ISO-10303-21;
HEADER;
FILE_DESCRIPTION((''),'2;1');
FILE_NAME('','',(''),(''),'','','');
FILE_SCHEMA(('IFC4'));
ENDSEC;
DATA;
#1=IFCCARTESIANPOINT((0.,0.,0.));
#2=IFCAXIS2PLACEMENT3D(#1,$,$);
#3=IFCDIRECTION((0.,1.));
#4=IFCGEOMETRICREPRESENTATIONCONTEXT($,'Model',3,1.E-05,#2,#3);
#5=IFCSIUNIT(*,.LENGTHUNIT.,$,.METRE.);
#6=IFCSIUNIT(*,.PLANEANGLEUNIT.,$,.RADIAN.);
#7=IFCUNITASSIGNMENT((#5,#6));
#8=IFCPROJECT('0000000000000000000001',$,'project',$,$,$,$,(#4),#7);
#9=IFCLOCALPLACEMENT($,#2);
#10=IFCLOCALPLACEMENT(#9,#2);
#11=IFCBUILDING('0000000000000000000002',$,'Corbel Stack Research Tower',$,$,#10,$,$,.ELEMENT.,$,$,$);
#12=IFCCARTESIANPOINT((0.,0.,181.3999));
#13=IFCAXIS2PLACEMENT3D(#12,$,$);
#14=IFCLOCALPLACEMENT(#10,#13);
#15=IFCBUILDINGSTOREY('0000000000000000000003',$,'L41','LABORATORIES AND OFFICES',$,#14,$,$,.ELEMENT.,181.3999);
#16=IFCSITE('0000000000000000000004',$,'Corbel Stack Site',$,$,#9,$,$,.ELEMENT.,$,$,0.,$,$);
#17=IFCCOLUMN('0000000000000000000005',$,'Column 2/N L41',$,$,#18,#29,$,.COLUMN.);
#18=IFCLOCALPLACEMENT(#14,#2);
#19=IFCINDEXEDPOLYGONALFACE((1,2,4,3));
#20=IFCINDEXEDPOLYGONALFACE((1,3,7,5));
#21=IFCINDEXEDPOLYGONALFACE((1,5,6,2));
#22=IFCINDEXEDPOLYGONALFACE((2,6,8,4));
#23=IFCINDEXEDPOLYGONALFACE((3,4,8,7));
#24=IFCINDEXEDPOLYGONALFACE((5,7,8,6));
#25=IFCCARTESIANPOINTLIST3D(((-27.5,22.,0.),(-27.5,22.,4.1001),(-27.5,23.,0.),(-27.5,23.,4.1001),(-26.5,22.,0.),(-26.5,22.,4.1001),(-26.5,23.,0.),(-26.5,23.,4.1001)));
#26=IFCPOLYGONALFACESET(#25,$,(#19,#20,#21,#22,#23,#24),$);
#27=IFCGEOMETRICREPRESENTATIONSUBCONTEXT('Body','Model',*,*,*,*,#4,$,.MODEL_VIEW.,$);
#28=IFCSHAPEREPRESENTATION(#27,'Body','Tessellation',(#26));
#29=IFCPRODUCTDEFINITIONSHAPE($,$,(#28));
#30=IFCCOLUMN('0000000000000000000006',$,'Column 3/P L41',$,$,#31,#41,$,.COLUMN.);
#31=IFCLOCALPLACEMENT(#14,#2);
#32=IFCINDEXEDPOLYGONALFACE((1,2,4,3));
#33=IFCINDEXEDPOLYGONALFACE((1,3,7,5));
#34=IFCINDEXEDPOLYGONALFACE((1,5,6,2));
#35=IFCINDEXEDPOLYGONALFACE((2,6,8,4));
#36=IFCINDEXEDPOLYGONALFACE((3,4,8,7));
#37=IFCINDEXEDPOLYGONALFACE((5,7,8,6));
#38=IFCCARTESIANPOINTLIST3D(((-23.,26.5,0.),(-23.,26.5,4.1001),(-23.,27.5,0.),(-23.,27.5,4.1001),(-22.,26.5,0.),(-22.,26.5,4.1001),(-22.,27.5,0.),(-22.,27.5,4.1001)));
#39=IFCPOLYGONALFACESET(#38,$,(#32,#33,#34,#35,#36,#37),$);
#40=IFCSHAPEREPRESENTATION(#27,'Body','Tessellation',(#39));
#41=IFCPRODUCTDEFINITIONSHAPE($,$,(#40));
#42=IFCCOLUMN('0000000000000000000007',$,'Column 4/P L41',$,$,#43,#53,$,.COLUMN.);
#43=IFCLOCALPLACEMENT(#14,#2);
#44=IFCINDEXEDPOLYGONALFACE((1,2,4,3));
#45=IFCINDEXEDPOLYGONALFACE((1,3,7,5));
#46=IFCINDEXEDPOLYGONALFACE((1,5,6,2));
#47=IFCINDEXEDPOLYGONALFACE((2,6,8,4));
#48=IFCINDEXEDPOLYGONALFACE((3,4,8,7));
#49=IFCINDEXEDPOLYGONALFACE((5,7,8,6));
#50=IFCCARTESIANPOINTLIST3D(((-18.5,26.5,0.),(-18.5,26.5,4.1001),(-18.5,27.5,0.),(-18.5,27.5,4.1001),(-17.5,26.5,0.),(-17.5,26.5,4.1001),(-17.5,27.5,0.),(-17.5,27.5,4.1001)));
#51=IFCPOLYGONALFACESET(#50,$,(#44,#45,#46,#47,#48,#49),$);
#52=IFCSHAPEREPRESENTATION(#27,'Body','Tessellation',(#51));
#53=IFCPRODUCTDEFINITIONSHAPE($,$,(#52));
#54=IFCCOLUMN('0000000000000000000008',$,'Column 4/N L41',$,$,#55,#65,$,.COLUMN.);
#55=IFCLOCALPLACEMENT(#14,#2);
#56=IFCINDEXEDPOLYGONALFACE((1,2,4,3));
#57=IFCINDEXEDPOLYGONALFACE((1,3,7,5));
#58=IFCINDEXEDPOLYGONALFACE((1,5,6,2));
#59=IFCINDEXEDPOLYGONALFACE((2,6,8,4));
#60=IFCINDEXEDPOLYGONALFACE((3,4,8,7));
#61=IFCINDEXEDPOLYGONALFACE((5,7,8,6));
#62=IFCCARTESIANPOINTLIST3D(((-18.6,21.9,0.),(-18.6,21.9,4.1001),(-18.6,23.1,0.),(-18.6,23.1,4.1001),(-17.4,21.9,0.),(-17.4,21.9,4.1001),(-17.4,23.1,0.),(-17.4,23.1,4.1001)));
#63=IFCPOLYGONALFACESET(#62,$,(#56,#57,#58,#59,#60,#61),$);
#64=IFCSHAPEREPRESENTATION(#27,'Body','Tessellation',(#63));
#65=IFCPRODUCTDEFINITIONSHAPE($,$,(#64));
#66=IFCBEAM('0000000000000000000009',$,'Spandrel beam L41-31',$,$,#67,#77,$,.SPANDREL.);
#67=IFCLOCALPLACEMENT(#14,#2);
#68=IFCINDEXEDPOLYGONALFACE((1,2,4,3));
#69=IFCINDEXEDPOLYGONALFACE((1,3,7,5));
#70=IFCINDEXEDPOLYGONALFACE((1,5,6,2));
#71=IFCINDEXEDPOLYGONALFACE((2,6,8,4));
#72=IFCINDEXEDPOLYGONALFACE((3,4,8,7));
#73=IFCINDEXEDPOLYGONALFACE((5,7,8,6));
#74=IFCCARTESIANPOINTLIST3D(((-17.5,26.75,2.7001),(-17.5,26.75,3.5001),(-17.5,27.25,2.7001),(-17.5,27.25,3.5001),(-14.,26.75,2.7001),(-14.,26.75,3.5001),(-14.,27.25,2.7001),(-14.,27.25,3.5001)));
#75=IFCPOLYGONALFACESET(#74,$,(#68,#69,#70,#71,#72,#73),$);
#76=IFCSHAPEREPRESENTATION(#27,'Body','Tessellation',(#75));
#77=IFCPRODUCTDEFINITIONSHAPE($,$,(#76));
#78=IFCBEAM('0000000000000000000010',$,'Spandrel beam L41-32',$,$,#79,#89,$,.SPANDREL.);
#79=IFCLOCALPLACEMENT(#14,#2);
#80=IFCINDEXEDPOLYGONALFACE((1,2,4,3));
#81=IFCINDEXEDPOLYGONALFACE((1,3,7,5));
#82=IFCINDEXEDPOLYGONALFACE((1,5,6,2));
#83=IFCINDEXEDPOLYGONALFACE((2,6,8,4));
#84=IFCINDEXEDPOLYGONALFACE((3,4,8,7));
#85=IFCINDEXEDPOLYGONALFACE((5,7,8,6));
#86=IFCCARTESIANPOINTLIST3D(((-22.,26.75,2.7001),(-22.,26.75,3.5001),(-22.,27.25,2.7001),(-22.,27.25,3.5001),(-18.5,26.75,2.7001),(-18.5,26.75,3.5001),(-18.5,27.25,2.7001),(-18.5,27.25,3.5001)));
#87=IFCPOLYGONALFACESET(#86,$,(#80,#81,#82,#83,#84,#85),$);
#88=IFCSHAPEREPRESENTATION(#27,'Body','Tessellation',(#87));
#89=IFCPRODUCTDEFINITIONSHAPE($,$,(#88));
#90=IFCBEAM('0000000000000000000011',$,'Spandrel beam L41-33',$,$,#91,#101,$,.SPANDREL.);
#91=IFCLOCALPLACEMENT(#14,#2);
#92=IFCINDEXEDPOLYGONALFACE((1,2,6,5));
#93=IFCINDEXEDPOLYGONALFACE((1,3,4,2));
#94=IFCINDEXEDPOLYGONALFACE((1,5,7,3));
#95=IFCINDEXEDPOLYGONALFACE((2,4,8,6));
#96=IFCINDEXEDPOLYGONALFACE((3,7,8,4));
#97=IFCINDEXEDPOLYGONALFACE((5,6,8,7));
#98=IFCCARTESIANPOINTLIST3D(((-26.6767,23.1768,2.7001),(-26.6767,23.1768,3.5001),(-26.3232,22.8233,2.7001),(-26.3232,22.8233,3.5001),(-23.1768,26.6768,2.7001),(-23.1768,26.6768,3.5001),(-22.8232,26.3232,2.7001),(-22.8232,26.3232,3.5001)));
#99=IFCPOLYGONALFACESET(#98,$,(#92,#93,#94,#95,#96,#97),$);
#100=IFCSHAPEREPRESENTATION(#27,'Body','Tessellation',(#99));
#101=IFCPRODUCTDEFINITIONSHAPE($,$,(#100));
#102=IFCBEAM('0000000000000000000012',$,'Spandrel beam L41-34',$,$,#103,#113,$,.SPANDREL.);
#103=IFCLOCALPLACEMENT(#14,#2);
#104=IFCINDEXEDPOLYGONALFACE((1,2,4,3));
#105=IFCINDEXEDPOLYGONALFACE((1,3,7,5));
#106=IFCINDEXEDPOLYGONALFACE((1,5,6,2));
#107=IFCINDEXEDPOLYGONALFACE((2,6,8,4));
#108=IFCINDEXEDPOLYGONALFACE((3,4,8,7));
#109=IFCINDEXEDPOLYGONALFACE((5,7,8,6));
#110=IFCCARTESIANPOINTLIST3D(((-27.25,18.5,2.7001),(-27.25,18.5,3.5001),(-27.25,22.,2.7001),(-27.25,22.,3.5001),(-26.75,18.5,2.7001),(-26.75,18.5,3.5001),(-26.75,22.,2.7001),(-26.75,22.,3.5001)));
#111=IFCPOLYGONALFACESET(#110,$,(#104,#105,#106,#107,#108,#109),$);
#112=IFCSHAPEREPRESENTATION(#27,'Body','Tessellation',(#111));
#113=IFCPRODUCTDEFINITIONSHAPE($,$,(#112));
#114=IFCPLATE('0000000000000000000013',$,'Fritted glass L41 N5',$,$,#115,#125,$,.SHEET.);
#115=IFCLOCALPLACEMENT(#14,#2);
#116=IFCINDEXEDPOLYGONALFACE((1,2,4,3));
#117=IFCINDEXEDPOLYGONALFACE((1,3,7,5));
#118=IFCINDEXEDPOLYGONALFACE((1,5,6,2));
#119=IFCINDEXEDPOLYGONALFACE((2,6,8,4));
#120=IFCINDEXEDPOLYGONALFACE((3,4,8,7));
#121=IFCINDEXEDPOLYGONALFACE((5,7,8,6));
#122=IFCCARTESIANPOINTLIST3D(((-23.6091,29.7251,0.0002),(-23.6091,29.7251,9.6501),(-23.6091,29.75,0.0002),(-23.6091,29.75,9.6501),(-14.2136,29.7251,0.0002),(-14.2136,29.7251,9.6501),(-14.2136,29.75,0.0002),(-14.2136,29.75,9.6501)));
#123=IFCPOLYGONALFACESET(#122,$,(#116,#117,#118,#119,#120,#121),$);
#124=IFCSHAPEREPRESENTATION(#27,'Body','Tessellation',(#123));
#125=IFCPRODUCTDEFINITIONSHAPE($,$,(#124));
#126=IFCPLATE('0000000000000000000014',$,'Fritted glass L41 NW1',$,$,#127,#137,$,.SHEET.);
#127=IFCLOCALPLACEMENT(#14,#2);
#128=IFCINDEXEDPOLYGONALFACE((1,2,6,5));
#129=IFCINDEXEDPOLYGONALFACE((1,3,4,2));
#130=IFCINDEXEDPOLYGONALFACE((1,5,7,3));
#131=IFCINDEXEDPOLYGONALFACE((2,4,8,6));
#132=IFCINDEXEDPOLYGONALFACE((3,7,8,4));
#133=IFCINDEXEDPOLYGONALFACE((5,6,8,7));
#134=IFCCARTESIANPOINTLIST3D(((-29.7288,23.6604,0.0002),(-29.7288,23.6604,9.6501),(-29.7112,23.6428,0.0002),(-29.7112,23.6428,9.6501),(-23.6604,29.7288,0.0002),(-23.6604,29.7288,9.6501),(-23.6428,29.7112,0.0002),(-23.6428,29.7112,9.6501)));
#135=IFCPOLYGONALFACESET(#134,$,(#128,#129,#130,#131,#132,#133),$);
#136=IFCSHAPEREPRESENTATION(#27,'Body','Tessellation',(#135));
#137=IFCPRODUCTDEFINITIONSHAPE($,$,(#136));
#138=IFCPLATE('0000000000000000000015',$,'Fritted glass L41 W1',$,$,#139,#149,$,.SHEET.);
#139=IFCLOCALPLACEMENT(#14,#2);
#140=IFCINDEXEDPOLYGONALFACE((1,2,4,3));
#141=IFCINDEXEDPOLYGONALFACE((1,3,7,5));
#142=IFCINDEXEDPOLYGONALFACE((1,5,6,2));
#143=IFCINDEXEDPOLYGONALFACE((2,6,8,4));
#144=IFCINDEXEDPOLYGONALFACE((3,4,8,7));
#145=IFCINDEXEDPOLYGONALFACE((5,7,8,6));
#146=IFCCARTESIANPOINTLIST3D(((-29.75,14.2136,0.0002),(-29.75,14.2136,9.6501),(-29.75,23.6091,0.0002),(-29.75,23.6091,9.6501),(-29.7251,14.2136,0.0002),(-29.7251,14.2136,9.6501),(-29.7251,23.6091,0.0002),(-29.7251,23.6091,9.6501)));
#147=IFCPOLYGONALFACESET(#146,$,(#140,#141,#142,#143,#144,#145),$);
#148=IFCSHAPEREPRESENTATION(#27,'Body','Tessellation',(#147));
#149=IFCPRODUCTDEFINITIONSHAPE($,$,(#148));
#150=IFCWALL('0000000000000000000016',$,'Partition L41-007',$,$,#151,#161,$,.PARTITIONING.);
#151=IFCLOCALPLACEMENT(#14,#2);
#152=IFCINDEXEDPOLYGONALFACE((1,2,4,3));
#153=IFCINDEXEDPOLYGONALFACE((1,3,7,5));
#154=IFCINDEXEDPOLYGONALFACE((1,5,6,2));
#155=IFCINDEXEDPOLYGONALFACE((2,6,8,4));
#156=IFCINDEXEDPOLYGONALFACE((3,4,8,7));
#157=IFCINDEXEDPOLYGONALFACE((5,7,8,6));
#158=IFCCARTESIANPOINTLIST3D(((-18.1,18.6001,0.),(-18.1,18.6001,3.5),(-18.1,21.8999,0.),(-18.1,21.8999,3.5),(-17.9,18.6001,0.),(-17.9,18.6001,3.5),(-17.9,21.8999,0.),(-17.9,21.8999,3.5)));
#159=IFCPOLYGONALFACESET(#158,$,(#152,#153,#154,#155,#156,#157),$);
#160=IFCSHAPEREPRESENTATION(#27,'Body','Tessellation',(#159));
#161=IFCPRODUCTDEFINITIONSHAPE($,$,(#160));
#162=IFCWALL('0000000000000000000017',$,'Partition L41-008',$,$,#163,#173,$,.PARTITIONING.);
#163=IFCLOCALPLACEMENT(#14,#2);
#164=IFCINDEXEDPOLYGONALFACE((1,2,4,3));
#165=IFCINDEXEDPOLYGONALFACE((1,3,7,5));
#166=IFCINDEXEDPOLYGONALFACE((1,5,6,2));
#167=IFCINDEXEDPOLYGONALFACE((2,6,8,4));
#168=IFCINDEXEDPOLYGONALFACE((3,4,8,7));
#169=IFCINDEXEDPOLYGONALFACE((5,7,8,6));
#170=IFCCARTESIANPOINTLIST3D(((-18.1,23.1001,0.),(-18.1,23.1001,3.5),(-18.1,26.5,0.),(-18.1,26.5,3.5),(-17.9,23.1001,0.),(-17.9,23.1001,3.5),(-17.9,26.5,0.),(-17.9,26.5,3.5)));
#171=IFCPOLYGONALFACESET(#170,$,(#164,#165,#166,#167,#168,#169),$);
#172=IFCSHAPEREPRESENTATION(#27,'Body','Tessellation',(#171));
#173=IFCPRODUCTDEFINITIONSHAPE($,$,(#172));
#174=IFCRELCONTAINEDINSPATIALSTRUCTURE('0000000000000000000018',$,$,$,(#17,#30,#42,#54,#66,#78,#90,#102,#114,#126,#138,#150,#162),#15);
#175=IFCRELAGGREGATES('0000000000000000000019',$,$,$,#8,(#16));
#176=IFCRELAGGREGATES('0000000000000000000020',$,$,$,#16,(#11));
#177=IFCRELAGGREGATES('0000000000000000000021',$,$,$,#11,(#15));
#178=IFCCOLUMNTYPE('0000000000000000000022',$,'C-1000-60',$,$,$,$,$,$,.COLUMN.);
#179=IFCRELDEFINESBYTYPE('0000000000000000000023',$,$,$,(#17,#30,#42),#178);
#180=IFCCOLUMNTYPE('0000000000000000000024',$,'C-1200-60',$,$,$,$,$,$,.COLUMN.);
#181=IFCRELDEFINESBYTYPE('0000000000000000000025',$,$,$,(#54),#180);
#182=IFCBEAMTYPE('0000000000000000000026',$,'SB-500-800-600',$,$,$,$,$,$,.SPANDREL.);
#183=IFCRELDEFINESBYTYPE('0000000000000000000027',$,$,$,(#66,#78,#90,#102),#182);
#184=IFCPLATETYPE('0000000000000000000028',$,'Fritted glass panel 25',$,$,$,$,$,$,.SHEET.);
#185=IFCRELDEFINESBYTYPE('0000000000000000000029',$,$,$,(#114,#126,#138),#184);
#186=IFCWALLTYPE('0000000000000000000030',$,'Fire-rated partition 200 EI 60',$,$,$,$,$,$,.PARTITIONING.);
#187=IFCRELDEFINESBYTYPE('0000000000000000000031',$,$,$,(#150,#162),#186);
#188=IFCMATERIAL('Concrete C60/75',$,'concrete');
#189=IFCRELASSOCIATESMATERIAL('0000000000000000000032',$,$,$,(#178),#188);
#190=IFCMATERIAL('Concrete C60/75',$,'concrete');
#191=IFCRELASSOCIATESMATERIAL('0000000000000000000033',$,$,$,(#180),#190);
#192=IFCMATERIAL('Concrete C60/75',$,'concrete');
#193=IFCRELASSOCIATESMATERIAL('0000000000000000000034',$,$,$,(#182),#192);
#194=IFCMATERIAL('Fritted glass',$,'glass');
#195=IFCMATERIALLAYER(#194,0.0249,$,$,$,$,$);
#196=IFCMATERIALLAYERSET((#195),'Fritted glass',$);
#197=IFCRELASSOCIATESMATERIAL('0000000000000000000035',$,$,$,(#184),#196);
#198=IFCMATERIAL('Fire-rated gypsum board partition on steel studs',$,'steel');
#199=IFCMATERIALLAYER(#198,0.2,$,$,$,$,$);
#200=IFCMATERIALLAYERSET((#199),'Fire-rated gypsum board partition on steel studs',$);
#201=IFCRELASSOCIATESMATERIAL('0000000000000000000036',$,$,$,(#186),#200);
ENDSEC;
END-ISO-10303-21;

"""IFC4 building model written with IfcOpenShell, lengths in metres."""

from ifc_helpers import new_model, si_unit, direction, frame, frame_2d, origin, origin_2d, place, context, subcontext, project, spatial, rectangle, extrude, material, layer, layer_set, material_profile, profile_set, type_object, element, save


model = new_model("IFC4")

# Units and contexts
model_context = context("Model", 3, precision=1e-05, world=origin(), true_north=direction((0.0, 1.0)))
body_context = subcontext(model_context, "Body", "Model", "MODEL_VIEW")
ifc_project = project(units=[si_unit("LENGTHUNIT", "METRE"), si_unit("PLANEANGLEUNIT", "RADIAN")], contexts=[model_context])

# Site, building, storey
site_placement = place(None, origin())
site = spatial("IfcSite", under=ifc_project, at=site_placement, Name="Corbel Stack Site", CompositionType="ELEMENT", RefElevation=0.0)
building_placement = place(site_placement, origin())
building = spatial("IfcBuilding", under=site, at=building_placement, Name="Corbel Stack Research Tower", CompositionType="ELEMENT")
storey_placement = place(building_placement, frame((0.0, 0.0, 181.3999)))
storey = spatial("IfcBuildingStorey", under=building, at=storey_placement, Name="L41", Description="LABORATORIES AND OFFICES", CompositionType="ELEMENT", Elevation=181.3999)

# Columns
ifc_material_1 = material(Name="Concrete C60/75", Category="concrete")
ifc_material_profile_1 = material_profile(ifc_material_1, rectangle(XDim=1.0, YDim=1.0, at=origin_2d()), Name="RC 1000 x 1000")
ifc_profile_set_1 = profile_set([ifc_material_profile_1], Name="Concrete C60/75")
column_type_1 = type_object("IfcColumnType", Name="C-1000-60", PredefinedType="COLUMN", material=ifc_profile_set_1)
for number, where, z_axis, x_axis, name in (
    (1, (-27.0, 22.5, 0.0), (0.0, 0.0, 1.0), (1.0, 0.0, 0.0), "Column 2/N L41"),
    (2, (-22.5, 27.0, 0.0), (0.0, 0.0, 1.0), (1.0, 0.0, 0.0), "Column 3/P L41"),
    (3, (-18.0, 27.0, 0.0), (0.0, 0.0, 1.0), (1.0, 0.0, 0.0), "Column 4/P L41"),
):
    element("IfcColumn", number, at=place(storey_placement, frame(where, z_axis=z_axis, x_axis=x_axis)), inside=storey, type_object=column_type_1, Name=name, PredefinedType="COLUMN", context=body_context, shape_type="SweptSolid", body=[
        extrude(rectangle(XDim=1.0, YDim=1.0, at=origin_2d()), origin(), (0.0, 0.0, 1.0), 4.1001),
    ])
ifc_material_2 = material(Name="Concrete C60/75", Category="concrete")
ifc_material_profile_2 = material_profile(ifc_material_2, rectangle(XDim=1.2, YDim=1.2, at=origin_2d()), Name="RC 1200 x 1200")
ifc_profile_set_2 = profile_set([ifc_material_profile_2], Name="Concrete C60/75")
column_type_2 = type_object("IfcColumnType", Name="C-1200-60", PredefinedType="COLUMN", material=ifc_profile_set_2)
column_placement = place(storey_placement, frame((-18.0, 22.5, 0.0), z_axis=(0.0, 0.0, 1.0), x_axis=(1.0, 0.0, 0.0)))
element("IfcColumn", 4, at=column_placement, inside=storey, type_object=column_type_2, Name="Column 4/N L41", PredefinedType="COLUMN", context=body_context, shape_type="SweptSolid", body=[
    extrude(rectangle(XDim=1.2, YDim=1.2, at=origin_2d()), origin(), (0.0, 0.0, 1.0), 4.1001),
])

# Beams
ifc_material_3 = material(Name="Concrete C60/75", Category="concrete")
ifc_material_profile_3 = material_profile(ifc_material_3, rectangle(XDim=0.5, YDim=0.8, at=origin_2d()), Name="RC 500 x 800")
ifc_profile_set_3 = profile_set([ifc_material_profile_3], Name="Concrete C60/75")
beam_type = type_object("IfcBeamType", Name="SB-500-800-600", PredefinedType="SPANDREL", material=ifc_profile_set_3)
for number, where, z_axis, x_axis, name in (
    (5, (-14.0, 27.0, 3.1001), (-1.0, 0.0, 0.0), (0.0, -1.0, 0.0), "Spandrel beam L41-31"),
    (6, (-18.5, 27.0, 3.1001), (-1.0, 0.0, 0.0), (0.0, -1.0, 0.0), "Spandrel beam L41-32"),
):
    element("IfcBeam", number, at=place(storey_placement, frame(where, z_axis=z_axis, x_axis=x_axis)), inside=storey, type_object=beam_type, Name=name, PredefinedType="SPANDREL", context=body_context, shape_type="SweptSolid", body=[
        extrude(rectangle(XDim=0.5, YDim=0.8, at=origin_2d()), origin(), (0.0, 0.0, 1.0), 3.5),
    ])
beam_1_placement = place(storey_placement, frame((-23.0, 26.5, 3.1001), z_axis=(-0.707107, -0.707107, 0.0), x_axis=(0.707107, -0.707107, 0.0)))
element("IfcBeam", 7, at=beam_1_placement, inside=storey, type_object=beam_type, Name="Spandrel beam L41-33", PredefinedType="SPANDREL", context=body_context, shape_type="SweptSolid", body=[
    extrude(rectangle(XDim=0.5, YDim=0.8, at=origin_2d()), origin(), (0.0, 0.0, 1.0), 4.9497),
])
beam_2_placement = place(storey_placement, frame((-27.0, 22.0, 3.1001), z_axis=(0.0, -1.0, 0.0), x_axis=(1.0, 0.0, 0.0)))
element("IfcBeam", 8, at=beam_2_placement, inside=storey, type_object=beam_type, Name="Spandrel beam L41-34", PredefinedType="SPANDREL", context=body_context, shape_type="SweptSolid", body=[
    extrude(rectangle(XDim=0.5, YDim=0.8, at=origin_2d()), origin(), (0.0, 0.0, 1.0), 3.5),
])

# Plates
ifc_material_4 = material(Name="Fritted glass", Category="glass")
ifc_layer_1 = layer(ifc_material_4, 0.0249)
ifc_layer_set_1 = layer_set([ifc_layer_1], Name="Fritted glass")
plate_type = type_object("IfcPlateType", Name="Fritted glass panel 25", PredefinedType="SHEET", material=ifc_layer_set_1)
plate_1_placement = place(storey_placement, frame((-18.9114, 29.7375, 0.0002), z_axis=(0.0, 0.0, 1.0), x_axis=(-1.0, 0.0, 0.0)))
element("IfcPlate", 9, at=plate_1_placement, inside=storey, type_object=plate_type, Name="Fritted glass L41 N5", PredefinedType="SHEET", context=body_context, shape_type="SweptSolid", body=[
    extrude(rectangle(XDim=9.3955, YDim=0.0249, at=origin_2d()), origin(), (0.0, 0.0, 1.0), 9.6499),
])
plate_2_placement = place(storey_placement, frame((-26.6858, 26.6858, 0.0002), z_axis=(0.0, 0.0, 1.0), x_axis=(-0.707107, -0.707107, 0.0)))
element("IfcPlate", 10, at=plate_2_placement, inside=storey, type_object=plate_type, Name="Fritted glass L41 NW1", PredefinedType="SHEET", context=body_context, shape_type="SweptSolid", body=[
    extrude(rectangle(XDim=8.582, YDim=0.0249, at=origin_2d()), origin(), (0.0, 0.0, 1.0), 9.6499),
])
plate_3_placement = place(storey_placement, frame((-29.7375, 18.9114, 0.0002), z_axis=(0.0, 0.0, 1.0), x_axis=(0.0, -1.0, 0.0)))
element("IfcPlate", 11, at=plate_3_placement, inside=storey, type_object=plate_type, Name="Fritted glass L41 W1", PredefinedType="SHEET", context=body_context, shape_type="SweptSolid", body=[
    extrude(rectangle(XDim=9.3955, YDim=0.0249, at=origin_2d()), origin(), (0.0, 0.0, 1.0), 9.6499),
])

# Walls
ifc_material_5 = material(Name="Fire-rated gypsum board partition on steel studs", Category="steel")
ifc_layer_2 = layer(ifc_material_5, 0.2)
ifc_layer_set_2 = layer_set([ifc_layer_2], Name="Fire-rated gypsum board partition on steel studs")
wall_type_1 = type_object("IfcWallType", Name="Fire-rated partition 200 EI 60", PredefinedType="PARTITIONING", material=ifc_layer_set_2)
wall_1_placement = place(storey_placement, frame((-18.0, 18.6001, 0.0), z_axis=(0.0, 0.0, 1.0), x_axis=(0.0, 1.0, 0.0)))
element("IfcWall", 12, at=wall_1_placement, inside=storey, type_object=wall_type_1, Name="Partition L41-007", PredefinedType="PARTITIONING", context=body_context, shape_type="SweptSolid", body=[
    extrude(rectangle(XDim=3.2998, YDim=0.2, at=frame_2d((1.6499, 0.0))), origin(), (0.0, 0.0, 1.0), 3.5),
])
wall_2_placement = place(storey_placement, frame((-18.0, 23.1001, 0.0), z_axis=(0.0, 0.0, 1.0), x_axis=(0.0, 1.0, 0.0)))
element("IfcWall", 13, at=wall_2_placement, inside=storey, type_object=wall_type_1, Name="Partition L41-008", PredefinedType="PARTITIONING", context=body_context, shape_type="SweptSolid", body=[
    extrude(rectangle(XDim=3.3999, YDim=0.2, at=frame_2d((1.7, 0.0))), origin(), (0.0, 0.0, 1.0), 3.5),
])

save(model, "model.ifc")
